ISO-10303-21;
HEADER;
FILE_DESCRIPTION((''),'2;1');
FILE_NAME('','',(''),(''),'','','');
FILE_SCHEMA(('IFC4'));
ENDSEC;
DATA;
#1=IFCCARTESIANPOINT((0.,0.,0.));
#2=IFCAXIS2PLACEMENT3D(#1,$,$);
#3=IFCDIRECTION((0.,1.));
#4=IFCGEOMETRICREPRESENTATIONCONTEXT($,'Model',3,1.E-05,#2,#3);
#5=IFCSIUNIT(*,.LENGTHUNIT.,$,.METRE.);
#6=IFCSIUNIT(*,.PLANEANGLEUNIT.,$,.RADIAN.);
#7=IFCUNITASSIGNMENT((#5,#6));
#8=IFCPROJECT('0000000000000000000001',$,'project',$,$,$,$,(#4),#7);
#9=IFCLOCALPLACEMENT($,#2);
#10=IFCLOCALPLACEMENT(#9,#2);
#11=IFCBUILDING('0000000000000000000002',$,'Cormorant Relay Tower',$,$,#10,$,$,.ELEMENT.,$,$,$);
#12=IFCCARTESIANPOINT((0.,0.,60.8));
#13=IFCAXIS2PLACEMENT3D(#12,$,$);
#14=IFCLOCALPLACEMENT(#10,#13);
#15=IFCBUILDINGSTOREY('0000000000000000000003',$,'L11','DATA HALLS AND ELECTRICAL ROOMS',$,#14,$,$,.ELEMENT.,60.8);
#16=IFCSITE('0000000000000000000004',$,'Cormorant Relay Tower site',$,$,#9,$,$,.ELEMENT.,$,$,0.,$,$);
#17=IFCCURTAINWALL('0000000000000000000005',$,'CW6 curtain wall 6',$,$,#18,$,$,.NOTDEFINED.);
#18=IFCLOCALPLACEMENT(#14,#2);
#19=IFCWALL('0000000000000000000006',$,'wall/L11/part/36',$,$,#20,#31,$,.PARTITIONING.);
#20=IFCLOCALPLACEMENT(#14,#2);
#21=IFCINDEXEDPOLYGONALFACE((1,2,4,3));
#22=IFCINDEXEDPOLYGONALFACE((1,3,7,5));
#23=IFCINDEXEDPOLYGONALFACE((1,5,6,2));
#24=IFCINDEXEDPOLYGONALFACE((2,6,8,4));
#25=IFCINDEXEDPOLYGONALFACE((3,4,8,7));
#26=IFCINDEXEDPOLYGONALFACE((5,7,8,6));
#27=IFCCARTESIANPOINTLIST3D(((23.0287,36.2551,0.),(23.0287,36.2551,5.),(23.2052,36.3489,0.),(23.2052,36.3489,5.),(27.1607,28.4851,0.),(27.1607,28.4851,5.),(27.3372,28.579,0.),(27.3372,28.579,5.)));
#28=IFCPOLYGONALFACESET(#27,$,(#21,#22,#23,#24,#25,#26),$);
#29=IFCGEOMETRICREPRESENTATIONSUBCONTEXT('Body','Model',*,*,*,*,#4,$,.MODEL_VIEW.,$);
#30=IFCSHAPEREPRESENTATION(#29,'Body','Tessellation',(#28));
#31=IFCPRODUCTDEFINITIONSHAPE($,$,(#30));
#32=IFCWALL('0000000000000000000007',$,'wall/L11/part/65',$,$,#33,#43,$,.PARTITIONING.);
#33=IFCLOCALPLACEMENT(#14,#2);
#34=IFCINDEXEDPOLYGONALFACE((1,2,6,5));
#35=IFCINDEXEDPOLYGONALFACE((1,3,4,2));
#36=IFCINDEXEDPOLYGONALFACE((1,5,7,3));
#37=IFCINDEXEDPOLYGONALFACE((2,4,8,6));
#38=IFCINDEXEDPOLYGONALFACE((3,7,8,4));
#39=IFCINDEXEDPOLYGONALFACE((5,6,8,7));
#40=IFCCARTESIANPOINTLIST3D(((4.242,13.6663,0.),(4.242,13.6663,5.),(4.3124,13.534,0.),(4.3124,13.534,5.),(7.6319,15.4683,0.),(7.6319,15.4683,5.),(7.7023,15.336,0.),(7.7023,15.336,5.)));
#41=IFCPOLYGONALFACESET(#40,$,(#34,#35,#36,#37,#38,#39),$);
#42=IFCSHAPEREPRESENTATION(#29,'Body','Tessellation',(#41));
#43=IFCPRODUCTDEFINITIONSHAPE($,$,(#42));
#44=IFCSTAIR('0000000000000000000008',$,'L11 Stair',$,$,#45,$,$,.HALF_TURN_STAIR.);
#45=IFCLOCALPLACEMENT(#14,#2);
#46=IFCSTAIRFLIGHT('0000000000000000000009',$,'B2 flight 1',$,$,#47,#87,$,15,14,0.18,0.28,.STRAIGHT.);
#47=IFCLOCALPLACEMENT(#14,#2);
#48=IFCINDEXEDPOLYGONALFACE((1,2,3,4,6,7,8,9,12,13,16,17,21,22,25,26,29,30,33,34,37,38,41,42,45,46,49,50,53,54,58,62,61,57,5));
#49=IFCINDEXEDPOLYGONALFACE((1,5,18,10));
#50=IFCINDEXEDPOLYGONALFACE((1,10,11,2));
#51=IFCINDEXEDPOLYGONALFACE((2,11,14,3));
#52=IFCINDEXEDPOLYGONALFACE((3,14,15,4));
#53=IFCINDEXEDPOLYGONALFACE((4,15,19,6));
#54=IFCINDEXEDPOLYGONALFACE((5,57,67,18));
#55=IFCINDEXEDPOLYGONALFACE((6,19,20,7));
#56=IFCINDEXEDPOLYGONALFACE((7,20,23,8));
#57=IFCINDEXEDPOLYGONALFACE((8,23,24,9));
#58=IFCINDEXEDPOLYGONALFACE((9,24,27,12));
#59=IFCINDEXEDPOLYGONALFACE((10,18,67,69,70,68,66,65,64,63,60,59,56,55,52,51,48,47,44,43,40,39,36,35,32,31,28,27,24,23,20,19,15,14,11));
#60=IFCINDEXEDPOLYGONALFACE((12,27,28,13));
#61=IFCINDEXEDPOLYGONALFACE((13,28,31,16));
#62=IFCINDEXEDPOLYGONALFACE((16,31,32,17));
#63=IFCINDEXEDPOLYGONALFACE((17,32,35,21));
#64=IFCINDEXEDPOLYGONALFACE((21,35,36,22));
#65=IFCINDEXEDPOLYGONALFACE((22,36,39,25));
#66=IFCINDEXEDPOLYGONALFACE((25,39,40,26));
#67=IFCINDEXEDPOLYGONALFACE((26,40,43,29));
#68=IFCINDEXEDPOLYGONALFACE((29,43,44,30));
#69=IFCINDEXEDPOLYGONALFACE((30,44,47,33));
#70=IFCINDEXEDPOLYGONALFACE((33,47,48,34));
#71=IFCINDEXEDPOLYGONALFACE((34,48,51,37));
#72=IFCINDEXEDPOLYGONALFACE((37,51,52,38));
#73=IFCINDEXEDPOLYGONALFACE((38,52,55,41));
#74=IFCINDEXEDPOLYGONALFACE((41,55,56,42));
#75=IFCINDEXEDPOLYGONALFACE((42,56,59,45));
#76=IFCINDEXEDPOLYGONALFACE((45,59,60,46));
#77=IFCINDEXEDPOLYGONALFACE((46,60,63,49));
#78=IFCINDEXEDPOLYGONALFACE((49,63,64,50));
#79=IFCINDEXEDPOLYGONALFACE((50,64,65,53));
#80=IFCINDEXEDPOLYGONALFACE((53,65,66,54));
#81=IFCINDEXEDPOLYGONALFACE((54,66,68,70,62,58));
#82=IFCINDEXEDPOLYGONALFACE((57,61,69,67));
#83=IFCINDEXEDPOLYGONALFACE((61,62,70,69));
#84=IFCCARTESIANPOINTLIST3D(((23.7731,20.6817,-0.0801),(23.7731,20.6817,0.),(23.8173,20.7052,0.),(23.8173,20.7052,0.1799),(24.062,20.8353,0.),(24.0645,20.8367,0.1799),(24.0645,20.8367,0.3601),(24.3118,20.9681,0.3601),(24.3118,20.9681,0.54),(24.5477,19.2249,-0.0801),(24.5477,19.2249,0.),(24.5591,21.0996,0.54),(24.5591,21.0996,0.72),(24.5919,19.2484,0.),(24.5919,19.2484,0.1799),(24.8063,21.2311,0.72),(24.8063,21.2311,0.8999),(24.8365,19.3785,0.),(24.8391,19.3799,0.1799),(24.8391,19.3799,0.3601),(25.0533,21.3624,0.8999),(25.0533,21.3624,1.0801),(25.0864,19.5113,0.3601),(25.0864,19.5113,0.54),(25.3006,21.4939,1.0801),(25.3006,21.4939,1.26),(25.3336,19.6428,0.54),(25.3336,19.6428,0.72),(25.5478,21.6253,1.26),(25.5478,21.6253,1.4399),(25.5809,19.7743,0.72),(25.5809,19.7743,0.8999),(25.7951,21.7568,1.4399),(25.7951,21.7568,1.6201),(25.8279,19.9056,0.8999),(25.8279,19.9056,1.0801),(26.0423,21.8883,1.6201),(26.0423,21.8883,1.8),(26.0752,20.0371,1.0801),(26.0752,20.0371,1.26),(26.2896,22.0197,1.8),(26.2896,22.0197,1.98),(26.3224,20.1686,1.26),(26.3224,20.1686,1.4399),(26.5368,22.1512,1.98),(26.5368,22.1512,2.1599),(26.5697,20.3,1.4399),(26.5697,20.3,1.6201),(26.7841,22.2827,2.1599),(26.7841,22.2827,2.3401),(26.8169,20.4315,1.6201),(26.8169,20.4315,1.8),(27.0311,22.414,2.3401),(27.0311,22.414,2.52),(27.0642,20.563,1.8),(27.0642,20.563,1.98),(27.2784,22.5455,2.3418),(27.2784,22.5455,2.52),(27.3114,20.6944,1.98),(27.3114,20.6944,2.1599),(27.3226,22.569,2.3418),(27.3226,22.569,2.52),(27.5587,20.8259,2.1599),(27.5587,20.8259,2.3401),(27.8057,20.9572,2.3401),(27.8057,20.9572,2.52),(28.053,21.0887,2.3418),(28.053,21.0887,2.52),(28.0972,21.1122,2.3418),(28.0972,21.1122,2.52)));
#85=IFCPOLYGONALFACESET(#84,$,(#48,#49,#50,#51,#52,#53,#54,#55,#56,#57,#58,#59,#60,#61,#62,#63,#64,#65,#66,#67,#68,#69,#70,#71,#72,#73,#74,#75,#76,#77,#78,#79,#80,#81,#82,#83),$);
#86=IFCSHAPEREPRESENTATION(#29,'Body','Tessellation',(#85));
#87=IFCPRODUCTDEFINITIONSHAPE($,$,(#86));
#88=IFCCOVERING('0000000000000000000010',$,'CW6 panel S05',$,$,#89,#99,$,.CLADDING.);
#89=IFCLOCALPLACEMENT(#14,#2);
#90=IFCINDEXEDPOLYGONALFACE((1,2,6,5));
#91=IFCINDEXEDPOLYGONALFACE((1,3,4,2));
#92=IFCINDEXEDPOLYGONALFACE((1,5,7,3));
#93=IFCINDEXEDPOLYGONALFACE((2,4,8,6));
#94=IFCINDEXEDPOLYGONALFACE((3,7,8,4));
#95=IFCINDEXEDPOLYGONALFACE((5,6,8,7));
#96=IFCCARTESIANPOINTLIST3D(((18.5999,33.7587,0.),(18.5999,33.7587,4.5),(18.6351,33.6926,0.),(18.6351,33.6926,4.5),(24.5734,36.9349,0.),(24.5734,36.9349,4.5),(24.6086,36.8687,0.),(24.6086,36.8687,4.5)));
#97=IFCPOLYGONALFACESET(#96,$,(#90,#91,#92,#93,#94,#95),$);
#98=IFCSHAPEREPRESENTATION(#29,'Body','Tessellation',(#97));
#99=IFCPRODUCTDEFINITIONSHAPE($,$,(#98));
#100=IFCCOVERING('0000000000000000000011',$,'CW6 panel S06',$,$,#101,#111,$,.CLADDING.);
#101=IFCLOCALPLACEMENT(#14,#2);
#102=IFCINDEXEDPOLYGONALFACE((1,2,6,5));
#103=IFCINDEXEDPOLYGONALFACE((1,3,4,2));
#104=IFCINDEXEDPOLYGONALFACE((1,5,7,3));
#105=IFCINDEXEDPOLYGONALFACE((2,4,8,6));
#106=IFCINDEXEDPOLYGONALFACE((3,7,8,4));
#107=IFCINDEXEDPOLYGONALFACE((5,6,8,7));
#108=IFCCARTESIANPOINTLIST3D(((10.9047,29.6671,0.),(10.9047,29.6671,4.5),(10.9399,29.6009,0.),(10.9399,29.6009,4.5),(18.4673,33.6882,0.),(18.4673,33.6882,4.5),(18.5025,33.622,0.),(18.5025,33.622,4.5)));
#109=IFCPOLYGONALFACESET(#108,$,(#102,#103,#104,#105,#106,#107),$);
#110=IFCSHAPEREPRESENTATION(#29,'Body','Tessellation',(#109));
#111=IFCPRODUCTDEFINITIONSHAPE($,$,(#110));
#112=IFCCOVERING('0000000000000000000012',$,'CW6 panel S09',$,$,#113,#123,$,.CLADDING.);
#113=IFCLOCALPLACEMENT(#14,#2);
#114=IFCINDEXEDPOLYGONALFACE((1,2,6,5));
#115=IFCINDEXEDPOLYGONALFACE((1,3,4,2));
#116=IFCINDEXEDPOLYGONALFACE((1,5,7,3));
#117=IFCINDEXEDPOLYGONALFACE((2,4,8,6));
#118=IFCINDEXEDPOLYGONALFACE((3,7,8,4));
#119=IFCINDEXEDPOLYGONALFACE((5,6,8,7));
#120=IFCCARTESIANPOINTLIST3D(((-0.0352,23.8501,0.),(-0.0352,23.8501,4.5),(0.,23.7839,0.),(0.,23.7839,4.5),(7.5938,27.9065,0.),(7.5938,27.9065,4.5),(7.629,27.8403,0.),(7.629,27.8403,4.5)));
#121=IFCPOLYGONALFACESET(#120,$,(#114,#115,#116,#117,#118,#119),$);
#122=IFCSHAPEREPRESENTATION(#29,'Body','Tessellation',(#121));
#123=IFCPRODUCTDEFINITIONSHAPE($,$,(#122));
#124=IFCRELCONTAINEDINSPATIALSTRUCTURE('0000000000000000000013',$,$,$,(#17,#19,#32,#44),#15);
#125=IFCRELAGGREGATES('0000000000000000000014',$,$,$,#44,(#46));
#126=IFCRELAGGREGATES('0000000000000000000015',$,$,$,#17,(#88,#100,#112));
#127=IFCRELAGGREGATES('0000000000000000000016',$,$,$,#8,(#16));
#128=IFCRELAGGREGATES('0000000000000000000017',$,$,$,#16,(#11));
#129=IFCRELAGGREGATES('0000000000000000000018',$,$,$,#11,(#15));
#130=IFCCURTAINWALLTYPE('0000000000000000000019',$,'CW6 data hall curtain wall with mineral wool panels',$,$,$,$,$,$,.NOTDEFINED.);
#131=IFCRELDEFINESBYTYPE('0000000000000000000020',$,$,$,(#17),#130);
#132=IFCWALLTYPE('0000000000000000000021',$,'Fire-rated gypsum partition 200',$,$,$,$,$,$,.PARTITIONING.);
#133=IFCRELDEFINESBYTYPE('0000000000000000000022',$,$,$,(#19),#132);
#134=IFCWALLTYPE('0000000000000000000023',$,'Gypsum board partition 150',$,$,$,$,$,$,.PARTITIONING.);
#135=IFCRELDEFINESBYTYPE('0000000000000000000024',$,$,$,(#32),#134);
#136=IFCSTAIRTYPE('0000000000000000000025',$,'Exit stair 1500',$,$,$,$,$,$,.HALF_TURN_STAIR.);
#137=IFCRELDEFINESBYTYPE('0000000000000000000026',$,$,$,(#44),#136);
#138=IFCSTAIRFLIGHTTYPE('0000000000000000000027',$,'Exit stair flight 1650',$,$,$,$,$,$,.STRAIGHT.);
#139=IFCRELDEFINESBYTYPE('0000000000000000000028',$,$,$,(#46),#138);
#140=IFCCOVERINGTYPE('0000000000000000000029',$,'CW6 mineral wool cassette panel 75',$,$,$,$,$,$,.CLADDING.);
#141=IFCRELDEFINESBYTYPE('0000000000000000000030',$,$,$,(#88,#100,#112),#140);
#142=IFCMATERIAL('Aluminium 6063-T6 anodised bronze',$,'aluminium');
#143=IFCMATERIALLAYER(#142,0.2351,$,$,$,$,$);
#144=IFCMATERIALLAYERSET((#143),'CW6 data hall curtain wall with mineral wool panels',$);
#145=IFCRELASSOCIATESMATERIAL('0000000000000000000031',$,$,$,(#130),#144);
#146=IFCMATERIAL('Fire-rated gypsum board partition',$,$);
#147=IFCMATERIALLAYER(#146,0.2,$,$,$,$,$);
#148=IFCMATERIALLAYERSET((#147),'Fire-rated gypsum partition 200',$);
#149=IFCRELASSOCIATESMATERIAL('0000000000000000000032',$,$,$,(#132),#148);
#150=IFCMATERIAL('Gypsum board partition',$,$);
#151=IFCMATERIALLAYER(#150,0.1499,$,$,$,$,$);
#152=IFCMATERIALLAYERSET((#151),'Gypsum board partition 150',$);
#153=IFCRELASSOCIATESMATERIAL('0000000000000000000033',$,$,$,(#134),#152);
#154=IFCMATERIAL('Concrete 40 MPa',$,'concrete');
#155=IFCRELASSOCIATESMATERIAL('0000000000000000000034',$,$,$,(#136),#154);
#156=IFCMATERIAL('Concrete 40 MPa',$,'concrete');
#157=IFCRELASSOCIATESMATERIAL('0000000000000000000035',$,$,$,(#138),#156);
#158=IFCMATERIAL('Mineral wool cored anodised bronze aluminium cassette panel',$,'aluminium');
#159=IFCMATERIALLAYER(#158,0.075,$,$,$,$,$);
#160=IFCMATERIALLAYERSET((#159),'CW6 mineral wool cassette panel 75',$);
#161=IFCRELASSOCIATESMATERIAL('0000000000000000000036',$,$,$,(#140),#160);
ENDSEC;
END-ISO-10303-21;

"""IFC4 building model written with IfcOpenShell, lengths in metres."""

from ifc_helpers import new_model, si_unit, direction, frame, frame_2d, origin, origin_2d, place, context, subcontext, project, spatial, polyline, rectangle, outline, extrude, material, layer, layer_set, type_object, element, aggregate, save


model = new_model("IFC4")

# Units and contexts
model_context = context("Model", 3, precision=1e-05, world=origin(), true_north=direction((0.0, 1.0)))
body_context = subcontext(model_context, "Body", "Model", "MODEL_VIEW")
ifc_project = project(units=[si_unit("LENGTHUNIT", "METRE"), si_unit("PLANEANGLEUNIT", "RADIAN")], contexts=[model_context])

# Site, building, storey
site_placement = place(None, origin())
site = spatial("IfcSite", under=ifc_project, at=site_placement, Name="Cormorant Relay Tower site", CompositionType="ELEMENT", RefElevation=0.0)
building_placement = place(site_placement, origin())
building = spatial("IfcBuilding", under=site, at=building_placement, Name="Cormorant Relay Tower", CompositionType="ELEMENT")
storey_placement = place(building_placement, frame((0.0, 0.0, 60.8)))
storey = spatial("IfcBuildingStorey", under=building, at=storey_placement, Name="L11", Description="DATA HALLS AND ELECTRICAL ROOMS", CompositionType="ELEMENT", Elevation=60.8)

# Curtain wall
ifc_material_1 = material(Name="Aluminium 6063-T6 anodised bronze", Category="aluminium")
ifc_layer_1 = layer(ifc_material_1, 0.2351)
ifc_layer_set_1 = layer_set([ifc_layer_1], Name="CW6 data hall curtain wall with mineral wool panels")
curtain_wall_type = type_object("IfcCurtainWallType", Name="CW6 data hall curtain wall with mineral wool panels", PredefinedType="NOTDEFINED", material=ifc_layer_set_1)
curtain_wall_1_placement = place(storey_placement, origin())
curtain_wall_1 = element("IfcCurtainWall", 1, at=curtain_wall_1_placement, inside=storey, type_object=curtain_wall_type, Name="CW6 curtain wall 6", PredefinedType="NOTDEFINED")

# Walls
ifc_material_2 = material(Name="Fire-rated gypsum board partition")
ifc_layer_2 = layer(ifc_material_2, 0.2)
ifc_layer_set_2 = layer_set([ifc_layer_2], Name="Fire-rated gypsum partition 200")
wall_type_1 = type_object("IfcWallType", Name="Fire-rated gypsum partition 200", PredefinedType="PARTITIONING", material=ifc_layer_set_2)
wall_1_placement = place(storey_placement, frame((23.1169, 36.302, 0.0), z_axis=(0.0, 0.0, 1.0), x_axis=(0.469532, -0.882915, 0.0)))
element("IfcWall", 2, at=wall_1_placement, inside=storey, type_object=wall_type_1, Name="wall/L11/part/36", PredefinedType="PARTITIONING", context=body_context, shape_type="SweptSolid", body=[
    extrude(rectangle(XDim=8.8003, YDim=0.2, at=frame_2d((4.4001, 0.0))), origin(), (0.0, 0.0, 1.0), 5.0),
])
ifc_material_3 = material(Name="Gypsum board partition")
ifc_layer_3 = layer(ifc_material_3, 0.1499)
ifc_layer_set_3 = layer_set([ifc_layer_3], Name="Gypsum board partition 150")
wall_type_2 = type_object("IfcWallType", Name="Gypsum board partition 150", PredefinedType="PARTITIONING", material=ifc_layer_set_3)
wall_2_placement = place(storey_placement, frame((7.667, 15.4021, 0.0), z_axis=(0.0, 0.0, 1.0), x_axis=(-0.882995, -0.469383, 0.0)))
element("IfcWall", 3, at=wall_2_placement, inside=storey, type_object=wall_type_2, Name="wall/L11/part/65", PredefinedType="PARTITIONING", context=body_context, shape_type="SweptSolid", body=[
    extrude(rectangle(XDim=3.8391, YDim=0.1499, at=frame_2d((1.9194, 0.0))), origin(), (0.0, 0.0, 1.0), 5.0),
])

# Stair, stair flight
ifc_material_4 = material(Name="Concrete 40 MPa", Category="concrete")
stair_type = type_object("IfcStairType", Name="Exit stair 1500", PredefinedType="HALF_TURN_STAIR", material=ifc_material_4)
stair_placement = place(storey_placement, origin())
stair = element("IfcStair", 4, at=stair_placement, inside=storey, type_object=stair_type, Name="L11 Stair", PredefinedType="HALF_TURN_STAIR")
ifc_material_5 = material(Name="Concrete 40 MPa", Category="concrete")
stair_flight_type = type_object("IfcStairFlightType", Name="Exit stair flight 1650", PredefinedType="STRAIGHT", material=ifc_material_5)
stair_flight_placement = place(storey_placement, frame((24.2046, 19.9768, 0.0), z_axis=(0.0, 0.0, 1.0), x_axis=(0.882948, 0.469472, 0.0)))
stair_flight = element("IfcStairFlight", 5, at=stair_flight_placement, type_object=stair_flight_type, Name="B2 flight 1", NumberOfRisers=15, NumberOfTreads=14, PredefinedType="STRAIGHT", RiserHeight=0.18, TreadLength=0.28, context=body_context, shape_type="SweptSolid", body=[
    extrude(outline(polyline([(-0.05, -0.0801), (-0.05, 0.0), (0.0, 0.0), (0.0, 0.1799), (0.28, 0.1799), (0.28, 0.3601), (0.5601, 0.3601), (0.5601, 0.54), (0.8401, 0.54), (0.8401, 0.72), (1.1201, 0.72), (1.1201, 0.8999), (1.3999, 0.8999), (1.3999, 1.0801), (1.6799, 1.0801), (1.6799, 1.26), (1.96, 1.26), (1.96, 1.4399), (2.24, 1.4399), (2.24, 1.6201), (2.52, 1.6201), (2.52, 1.8), (2.8, 1.8), (2.8, 1.98), (3.0801, 1.98), (3.0801, 2.1599), (3.3601, 2.1599), (3.3601, 2.3401), (3.6399, 2.3401), (3.6399, 2.52), (3.9199, 2.52), (3.97, 2.52), (3.97, 2.3418), (3.9199, 2.3418), (0.2771, 0.0), (-0.05, -0.0801)])), frame((0.0, 0.825, 0.0), z_axis=(0.0, -1.0, 0.0), x_axis=(1.0, 0.0, 0.0)), (0.0, 0.0, 1.0), 1.6499),
])
aggregate(stair, [stair_flight])

# Coverings
ifc_material_6 = material(Name="Mineral wool cored anodised bronze aluminium cassette panel", Category="aluminium")
ifc_layer_4 = layer(ifc_material_6, 0.075)
ifc_layer_set_4 = layer_set([ifc_layer_4], Name="CW6 mineral wool cassette panel 75")
covering_type = type_object("IfcCoveringType", Name="CW6 mineral wool cassette panel 75", PredefinedType="CLADDING", material=ifc_layer_set_4)
covering_1_placement = place(storey_placement, frame((21.6042, 35.3137, 0.0), z_axis=(0.0, 0.0, 1.0), x_axis=(-0.882948, -0.469472, 0.0)))
covering_1 = element("IfcCovering", 6, at=covering_1_placement, type_object=covering_type, Name="CW6 panel S05", PredefinedType="CLADDING", context=body_context, shape_type="SweptSolid", body=[
    extrude(rectangle(XDim=6.7654, YDim=0.075, at=origin_2d()), origin(), (0.0, 0.0, 1.0), 4.5),
])
covering_2_placement = place(storey_placement, frame((14.7036, 31.6445, 0.0), z_axis=(0.0, 0.0, 1.0), x_axis=(-0.882948, -0.469472, 0.0)))
covering_2 = element("IfcCovering", 7, at=covering_2_placement, type_object=covering_type, Name="CW6 panel S06", PredefinedType="CLADDING", context=body_context, shape_type="SweptSolid", body=[
    extrude(rectangle(XDim=8.5652, YDim=0.075, at=origin_2d()), origin(), (0.0, 0.0, 1.0), 4.5),
])
covering_3_placement = place(storey_placement, frame((3.7969, 25.8452, 0.0), z_axis=(0.0, 0.0, 1.0), x_axis=(-0.882948, -0.469472, 0.0)))
covering_3 = element("IfcCovering", 8, at=covering_3_placement, type_object=covering_type, Name="CW6 panel S09", PredefinedType="CLADDING", context=body_context, shape_type="SweptSolid", body=[
    extrude(rectangle(XDim=8.6404, YDim=0.075, at=origin_2d()), origin(), (0.0, 0.0, 1.0), 4.5),
])
aggregate(curtain_wall_1, [covering_1, covering_2, covering_3])

save(model, "model.ifc")
